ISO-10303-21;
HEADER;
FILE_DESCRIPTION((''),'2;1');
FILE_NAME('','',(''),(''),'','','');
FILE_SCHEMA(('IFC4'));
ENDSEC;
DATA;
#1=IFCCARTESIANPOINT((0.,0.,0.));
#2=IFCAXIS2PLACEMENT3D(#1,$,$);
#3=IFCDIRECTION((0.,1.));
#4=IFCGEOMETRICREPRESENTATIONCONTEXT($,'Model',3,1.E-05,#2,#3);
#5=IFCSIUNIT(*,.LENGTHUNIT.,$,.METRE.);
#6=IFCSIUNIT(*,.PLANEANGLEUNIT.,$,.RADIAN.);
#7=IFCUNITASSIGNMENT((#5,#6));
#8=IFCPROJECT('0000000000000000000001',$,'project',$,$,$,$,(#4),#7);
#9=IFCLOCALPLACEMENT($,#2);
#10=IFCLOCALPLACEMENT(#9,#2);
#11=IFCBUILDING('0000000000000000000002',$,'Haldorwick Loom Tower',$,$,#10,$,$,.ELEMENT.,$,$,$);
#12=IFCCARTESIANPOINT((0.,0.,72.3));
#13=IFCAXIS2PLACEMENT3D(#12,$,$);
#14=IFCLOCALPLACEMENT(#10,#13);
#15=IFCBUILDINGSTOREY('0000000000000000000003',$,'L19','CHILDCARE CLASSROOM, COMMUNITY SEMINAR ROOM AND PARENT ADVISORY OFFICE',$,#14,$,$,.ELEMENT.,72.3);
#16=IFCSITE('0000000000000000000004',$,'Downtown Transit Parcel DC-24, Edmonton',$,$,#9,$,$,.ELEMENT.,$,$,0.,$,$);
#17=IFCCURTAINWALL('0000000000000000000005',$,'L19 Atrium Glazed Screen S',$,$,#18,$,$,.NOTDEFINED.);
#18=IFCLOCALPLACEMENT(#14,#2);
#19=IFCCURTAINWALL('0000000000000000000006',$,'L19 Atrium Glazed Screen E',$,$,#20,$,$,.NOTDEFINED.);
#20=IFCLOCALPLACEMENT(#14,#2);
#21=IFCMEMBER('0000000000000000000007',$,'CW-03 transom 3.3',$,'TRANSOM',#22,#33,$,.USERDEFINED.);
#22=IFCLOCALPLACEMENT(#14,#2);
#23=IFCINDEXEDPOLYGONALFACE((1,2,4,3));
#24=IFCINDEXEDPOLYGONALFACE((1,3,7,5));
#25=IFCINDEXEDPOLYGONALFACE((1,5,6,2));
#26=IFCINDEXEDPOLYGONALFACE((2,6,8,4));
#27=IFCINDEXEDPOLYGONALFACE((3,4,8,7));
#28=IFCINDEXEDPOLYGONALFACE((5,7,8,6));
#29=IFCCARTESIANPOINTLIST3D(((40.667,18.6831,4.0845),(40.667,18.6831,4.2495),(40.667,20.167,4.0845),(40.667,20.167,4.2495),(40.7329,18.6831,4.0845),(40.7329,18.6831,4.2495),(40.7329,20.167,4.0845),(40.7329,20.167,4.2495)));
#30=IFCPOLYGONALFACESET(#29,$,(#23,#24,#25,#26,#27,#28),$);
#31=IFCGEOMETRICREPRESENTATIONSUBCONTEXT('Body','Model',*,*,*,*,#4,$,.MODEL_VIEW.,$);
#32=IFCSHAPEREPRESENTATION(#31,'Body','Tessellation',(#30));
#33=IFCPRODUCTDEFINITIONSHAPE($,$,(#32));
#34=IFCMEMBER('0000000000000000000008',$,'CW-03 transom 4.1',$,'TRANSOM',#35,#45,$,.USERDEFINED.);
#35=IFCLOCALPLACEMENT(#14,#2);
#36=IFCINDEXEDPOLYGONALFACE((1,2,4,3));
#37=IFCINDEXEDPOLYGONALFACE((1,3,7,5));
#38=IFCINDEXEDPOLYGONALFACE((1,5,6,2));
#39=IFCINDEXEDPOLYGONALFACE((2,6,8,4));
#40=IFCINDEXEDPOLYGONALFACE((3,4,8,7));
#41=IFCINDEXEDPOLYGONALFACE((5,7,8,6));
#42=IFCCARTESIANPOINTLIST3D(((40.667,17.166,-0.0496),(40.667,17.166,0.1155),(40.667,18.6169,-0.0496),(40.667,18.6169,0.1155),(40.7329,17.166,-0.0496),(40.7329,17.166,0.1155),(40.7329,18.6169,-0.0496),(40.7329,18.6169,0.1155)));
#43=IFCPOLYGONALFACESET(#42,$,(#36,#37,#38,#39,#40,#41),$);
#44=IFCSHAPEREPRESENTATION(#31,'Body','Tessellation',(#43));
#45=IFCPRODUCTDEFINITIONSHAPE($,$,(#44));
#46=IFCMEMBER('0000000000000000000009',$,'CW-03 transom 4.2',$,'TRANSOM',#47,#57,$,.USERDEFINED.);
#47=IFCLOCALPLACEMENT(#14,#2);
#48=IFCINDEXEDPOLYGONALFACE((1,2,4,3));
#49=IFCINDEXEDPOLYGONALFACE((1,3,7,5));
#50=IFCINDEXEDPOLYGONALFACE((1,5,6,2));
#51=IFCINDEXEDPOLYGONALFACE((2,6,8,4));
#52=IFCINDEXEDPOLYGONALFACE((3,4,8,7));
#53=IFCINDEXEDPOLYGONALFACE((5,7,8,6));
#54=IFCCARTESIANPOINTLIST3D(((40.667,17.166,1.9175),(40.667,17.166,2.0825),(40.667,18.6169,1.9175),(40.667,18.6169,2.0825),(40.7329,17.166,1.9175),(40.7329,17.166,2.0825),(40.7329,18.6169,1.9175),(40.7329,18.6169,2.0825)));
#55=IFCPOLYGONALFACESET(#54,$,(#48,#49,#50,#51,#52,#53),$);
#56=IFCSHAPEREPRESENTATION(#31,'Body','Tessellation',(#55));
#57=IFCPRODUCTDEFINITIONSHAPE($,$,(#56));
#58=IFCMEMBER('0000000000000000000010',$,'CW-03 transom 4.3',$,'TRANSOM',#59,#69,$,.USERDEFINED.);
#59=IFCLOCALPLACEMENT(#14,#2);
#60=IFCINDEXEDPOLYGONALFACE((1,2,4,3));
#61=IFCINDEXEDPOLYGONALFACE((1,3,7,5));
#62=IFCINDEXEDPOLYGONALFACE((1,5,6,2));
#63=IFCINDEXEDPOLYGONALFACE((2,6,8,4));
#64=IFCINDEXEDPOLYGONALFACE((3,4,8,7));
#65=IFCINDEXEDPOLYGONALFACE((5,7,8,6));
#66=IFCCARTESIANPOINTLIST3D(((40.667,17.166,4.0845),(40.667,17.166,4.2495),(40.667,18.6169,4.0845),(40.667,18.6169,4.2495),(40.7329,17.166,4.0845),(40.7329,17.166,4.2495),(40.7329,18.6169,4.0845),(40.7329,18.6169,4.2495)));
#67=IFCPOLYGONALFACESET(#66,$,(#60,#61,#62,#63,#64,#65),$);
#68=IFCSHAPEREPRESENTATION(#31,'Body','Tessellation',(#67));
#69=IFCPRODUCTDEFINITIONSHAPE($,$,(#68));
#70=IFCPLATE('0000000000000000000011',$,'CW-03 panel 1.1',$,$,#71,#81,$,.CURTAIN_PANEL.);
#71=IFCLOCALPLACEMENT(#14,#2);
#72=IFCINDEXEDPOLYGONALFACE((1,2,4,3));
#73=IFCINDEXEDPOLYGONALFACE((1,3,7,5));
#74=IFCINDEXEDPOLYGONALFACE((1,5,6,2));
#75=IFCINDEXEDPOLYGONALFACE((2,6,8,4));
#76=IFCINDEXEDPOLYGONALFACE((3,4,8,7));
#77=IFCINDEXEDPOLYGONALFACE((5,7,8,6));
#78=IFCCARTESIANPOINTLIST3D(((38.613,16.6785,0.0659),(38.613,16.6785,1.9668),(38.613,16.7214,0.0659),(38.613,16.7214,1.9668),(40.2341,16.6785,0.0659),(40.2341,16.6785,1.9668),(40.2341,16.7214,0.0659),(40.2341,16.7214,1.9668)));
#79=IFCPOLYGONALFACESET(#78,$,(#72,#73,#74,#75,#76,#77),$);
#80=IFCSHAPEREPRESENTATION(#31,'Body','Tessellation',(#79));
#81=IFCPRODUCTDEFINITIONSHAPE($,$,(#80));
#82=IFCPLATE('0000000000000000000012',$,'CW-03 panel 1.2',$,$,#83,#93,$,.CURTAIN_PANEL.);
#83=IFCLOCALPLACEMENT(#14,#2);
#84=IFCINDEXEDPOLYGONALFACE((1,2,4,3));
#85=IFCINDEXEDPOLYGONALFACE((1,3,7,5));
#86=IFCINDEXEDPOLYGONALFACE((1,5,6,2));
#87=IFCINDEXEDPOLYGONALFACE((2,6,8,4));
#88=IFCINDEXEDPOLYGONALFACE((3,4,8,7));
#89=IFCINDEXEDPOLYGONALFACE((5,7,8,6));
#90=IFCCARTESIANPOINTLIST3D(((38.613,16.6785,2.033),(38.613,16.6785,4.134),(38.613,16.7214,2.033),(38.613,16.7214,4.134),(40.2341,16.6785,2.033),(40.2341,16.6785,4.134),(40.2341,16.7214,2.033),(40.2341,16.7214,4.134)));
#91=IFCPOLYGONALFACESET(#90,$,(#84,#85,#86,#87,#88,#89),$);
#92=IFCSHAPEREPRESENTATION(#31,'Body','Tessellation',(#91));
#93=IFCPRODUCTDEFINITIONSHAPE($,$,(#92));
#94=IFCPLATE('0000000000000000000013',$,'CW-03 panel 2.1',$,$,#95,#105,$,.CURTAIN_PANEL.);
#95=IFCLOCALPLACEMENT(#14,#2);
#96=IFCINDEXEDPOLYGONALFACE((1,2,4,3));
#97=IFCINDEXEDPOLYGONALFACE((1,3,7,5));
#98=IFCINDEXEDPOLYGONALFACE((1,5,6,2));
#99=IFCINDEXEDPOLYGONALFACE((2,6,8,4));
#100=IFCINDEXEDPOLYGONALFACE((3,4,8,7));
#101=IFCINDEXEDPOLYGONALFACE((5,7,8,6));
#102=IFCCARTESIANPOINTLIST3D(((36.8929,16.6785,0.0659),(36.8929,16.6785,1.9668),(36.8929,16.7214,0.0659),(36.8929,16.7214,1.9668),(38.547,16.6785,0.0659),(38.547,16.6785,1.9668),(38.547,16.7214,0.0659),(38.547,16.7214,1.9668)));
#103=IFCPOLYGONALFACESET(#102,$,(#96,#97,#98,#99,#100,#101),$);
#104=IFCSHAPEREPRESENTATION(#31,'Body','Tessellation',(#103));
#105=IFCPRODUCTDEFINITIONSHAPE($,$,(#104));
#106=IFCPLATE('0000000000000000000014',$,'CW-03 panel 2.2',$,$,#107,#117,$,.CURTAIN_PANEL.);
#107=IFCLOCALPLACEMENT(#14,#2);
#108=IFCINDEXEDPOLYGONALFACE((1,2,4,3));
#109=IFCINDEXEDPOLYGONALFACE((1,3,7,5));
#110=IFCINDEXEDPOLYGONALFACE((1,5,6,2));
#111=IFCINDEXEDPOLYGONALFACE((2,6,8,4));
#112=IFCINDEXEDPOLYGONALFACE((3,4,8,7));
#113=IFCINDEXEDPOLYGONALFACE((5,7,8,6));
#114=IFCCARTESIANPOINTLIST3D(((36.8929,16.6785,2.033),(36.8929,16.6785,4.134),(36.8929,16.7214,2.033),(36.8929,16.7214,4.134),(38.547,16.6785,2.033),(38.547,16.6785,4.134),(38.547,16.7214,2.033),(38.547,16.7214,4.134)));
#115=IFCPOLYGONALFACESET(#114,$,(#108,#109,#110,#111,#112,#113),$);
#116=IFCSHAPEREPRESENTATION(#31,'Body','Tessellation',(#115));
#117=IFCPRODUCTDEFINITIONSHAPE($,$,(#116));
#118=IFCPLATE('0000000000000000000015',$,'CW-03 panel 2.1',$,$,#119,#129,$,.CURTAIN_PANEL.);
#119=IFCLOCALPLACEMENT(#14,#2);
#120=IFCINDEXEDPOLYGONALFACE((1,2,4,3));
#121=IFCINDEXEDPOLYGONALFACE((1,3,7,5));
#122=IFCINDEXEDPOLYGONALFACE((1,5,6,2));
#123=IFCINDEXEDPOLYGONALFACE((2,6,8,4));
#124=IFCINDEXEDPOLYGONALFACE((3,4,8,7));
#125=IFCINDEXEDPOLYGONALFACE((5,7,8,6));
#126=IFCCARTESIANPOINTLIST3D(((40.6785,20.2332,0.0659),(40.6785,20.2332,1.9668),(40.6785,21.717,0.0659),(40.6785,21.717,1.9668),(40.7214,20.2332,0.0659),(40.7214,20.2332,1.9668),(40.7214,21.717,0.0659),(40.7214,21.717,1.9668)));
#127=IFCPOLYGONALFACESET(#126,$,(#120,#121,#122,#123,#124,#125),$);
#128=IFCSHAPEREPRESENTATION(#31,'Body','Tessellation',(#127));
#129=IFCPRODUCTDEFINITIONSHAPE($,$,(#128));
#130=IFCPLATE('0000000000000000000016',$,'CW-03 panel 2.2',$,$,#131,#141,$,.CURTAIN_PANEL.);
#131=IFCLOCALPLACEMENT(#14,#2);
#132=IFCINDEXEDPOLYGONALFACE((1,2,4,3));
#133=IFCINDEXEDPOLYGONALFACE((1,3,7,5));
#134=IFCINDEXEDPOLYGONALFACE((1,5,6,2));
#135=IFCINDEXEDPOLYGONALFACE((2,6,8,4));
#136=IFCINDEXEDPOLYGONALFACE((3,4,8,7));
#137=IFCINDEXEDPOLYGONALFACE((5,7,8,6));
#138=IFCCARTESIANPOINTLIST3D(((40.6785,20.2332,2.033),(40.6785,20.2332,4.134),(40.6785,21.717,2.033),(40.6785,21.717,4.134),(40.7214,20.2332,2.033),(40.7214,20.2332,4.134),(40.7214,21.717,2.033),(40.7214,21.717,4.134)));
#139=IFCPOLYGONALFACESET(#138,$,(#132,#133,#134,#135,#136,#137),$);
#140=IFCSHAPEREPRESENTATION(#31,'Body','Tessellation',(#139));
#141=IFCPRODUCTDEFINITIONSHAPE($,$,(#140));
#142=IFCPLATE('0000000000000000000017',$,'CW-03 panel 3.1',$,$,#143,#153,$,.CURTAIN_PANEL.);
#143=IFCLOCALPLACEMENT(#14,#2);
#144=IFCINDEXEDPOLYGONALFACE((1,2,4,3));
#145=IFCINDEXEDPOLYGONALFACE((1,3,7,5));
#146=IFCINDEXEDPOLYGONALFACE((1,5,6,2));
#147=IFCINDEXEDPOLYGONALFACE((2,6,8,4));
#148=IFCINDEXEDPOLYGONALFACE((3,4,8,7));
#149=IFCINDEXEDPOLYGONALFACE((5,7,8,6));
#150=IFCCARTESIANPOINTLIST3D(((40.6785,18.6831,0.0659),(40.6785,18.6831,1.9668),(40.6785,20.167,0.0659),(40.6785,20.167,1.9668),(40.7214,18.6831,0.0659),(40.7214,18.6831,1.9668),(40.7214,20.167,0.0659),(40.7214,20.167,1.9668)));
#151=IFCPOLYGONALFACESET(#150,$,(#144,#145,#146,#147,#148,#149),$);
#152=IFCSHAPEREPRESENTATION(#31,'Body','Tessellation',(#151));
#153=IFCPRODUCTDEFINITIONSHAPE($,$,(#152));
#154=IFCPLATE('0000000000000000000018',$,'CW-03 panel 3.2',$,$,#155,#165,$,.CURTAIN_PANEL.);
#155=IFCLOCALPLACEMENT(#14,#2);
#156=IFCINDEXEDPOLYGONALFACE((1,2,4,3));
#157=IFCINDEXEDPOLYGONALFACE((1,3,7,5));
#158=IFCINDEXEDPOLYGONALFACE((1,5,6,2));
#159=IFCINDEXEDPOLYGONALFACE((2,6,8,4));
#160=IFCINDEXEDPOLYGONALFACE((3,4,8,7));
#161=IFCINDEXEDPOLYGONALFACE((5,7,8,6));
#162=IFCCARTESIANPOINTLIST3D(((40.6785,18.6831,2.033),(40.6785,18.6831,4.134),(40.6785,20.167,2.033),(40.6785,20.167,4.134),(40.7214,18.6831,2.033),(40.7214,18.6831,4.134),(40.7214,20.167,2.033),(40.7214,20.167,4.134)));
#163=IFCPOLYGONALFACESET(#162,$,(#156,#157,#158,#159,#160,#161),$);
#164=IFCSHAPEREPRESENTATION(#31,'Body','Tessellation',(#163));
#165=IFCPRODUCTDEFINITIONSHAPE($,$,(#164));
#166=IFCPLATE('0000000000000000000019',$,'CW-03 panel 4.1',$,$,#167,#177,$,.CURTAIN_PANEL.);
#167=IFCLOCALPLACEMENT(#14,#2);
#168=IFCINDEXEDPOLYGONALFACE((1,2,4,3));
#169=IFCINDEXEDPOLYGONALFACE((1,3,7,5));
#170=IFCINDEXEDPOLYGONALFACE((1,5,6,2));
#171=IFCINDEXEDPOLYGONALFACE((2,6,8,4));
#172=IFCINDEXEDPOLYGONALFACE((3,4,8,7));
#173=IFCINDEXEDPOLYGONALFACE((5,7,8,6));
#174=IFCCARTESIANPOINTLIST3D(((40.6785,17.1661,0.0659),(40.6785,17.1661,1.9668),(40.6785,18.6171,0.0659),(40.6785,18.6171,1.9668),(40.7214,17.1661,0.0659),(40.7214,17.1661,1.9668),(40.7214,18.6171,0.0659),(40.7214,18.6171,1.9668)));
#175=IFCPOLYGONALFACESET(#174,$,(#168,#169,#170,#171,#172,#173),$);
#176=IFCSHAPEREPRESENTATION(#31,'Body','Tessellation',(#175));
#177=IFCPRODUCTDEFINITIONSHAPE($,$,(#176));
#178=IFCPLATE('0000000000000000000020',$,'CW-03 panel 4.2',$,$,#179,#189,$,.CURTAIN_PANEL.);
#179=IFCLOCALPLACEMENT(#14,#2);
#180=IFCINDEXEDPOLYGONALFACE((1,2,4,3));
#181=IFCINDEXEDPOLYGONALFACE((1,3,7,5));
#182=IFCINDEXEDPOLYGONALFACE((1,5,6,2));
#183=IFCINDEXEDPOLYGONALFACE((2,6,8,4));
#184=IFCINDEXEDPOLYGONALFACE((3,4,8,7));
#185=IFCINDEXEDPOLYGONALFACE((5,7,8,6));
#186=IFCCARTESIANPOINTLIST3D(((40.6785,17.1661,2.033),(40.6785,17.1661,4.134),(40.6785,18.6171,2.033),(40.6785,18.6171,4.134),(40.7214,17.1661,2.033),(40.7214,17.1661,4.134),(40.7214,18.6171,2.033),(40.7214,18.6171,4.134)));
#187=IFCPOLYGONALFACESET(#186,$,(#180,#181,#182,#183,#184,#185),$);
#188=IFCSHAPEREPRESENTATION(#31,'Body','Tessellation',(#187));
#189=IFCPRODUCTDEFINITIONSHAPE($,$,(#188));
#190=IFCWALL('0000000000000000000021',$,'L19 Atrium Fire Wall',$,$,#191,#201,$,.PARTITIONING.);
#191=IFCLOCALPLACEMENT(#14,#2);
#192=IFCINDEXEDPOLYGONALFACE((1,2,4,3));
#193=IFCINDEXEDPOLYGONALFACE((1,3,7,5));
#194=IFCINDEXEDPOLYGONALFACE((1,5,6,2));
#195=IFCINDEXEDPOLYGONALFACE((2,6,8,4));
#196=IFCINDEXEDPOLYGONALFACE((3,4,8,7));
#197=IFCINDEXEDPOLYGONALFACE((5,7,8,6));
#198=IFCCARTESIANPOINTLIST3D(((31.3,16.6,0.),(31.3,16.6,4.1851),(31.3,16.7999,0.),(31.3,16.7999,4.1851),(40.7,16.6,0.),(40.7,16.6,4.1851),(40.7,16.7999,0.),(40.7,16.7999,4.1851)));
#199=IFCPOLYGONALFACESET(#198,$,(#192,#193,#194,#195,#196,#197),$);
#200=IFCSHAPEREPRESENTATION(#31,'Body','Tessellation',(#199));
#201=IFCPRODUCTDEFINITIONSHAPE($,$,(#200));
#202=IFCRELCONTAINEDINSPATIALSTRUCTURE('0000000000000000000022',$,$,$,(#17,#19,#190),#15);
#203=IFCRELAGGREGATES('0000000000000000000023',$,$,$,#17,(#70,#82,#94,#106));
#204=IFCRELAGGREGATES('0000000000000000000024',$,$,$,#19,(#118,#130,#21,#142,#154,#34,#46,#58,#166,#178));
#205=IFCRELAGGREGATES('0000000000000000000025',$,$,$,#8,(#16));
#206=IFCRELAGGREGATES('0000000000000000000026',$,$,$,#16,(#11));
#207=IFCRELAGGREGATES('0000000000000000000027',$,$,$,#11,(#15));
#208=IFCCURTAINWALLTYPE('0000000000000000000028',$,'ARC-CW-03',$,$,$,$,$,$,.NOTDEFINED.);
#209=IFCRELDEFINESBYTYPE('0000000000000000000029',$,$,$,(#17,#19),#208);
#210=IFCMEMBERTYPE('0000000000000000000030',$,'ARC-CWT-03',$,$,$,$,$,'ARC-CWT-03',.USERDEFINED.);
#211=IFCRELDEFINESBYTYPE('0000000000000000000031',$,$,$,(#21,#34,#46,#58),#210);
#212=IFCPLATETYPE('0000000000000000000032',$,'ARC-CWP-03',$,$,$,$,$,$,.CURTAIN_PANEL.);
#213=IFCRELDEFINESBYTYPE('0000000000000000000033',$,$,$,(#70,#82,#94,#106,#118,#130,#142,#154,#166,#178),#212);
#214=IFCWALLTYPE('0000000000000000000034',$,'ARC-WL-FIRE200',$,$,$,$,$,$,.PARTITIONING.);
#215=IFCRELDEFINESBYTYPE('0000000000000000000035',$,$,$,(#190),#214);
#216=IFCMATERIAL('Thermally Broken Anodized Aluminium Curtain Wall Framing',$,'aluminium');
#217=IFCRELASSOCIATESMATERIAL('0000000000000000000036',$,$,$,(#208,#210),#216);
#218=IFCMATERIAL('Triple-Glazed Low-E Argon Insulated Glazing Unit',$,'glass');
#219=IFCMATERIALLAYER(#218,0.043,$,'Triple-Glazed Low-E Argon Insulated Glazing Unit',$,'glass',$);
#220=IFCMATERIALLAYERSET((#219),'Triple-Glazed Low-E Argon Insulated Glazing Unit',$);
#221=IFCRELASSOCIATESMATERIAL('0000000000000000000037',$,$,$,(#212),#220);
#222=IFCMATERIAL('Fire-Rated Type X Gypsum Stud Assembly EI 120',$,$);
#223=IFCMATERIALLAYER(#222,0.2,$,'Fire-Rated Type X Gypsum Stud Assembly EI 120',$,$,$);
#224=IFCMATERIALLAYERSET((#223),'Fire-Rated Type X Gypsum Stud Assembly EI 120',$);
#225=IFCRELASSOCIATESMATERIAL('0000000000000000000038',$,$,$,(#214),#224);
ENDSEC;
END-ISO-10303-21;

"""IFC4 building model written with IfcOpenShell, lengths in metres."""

from ifc_helpers import new_model, si_unit, direction, frame, frame_2d, origin, origin_2d, place, context, subcontext, project, spatial, rectangle, extrude, material, layer, layer_set, material_profile, profile_set, type_object, element, aggregate, save


model = new_model("IFC4")

# Units and contexts
model_context = context("Model", 3, precision=1e-05, world=origin(), true_north=direction((0.0, 1.0)))
body_context = subcontext(model_context, "Body", "Model", "MODEL_VIEW")
ifc_project = project(units=[si_unit("LENGTHUNIT", "METRE"), si_unit("PLANEANGLEUNIT", "RADIAN")], contexts=[model_context])

# Site, building, storey
site_placement = place(None, origin())
site = spatial("IfcSite", under=ifc_project, at=site_placement, Name="Downtown Transit Parcel DC-24, Edmonton", CompositionType="ELEMENT", RefElevation=0.0)
building_placement = place(site_placement, origin())
building = spatial("IfcBuilding", under=site, at=building_placement, Name="Haldorwick Loom Tower", CompositionType="ELEMENT")
storey_placement = place(building_placement, frame((0.0, 0.0, 72.3)))
storey = spatial("IfcBuildingStorey", under=building, at=storey_placement, Name="L19", Description="CHILDCARE CLASSROOM, COMMUNITY SEMINAR ROOM AND PARENT ADVISORY OFFICE", CompositionType="ELEMENT", Elevation=72.3)

# Curtain walls
ifc_material_1 = material(Name="Thermally Broken Anodized Aluminium Curtain Wall Framing", Category="aluminium")
curtain_wall_type = type_object("IfcCurtainWallType", Name="ARC-CW-03", PredefinedType="NOTDEFINED", material=ifc_material_1)
curtain_wall_1_placement = place(storey_placement, origin())
curtain_wall_1 = element("IfcCurtainWall", 1, at=curtain_wall_1_placement, inside=storey, type_object=curtain_wall_type, Name="L19 Atrium Glazed Screen S", PredefinedType="NOTDEFINED")
curtain_wall_2_placement = place(storey_placement, origin())
curtain_wall_2 = element("IfcCurtainWall", 2, at=curtain_wall_2_placement, inside=storey, type_object=curtain_wall_type, Name="L19 Atrium Glazed Screen E", PredefinedType="NOTDEFINED")

# Members
ifc_material_profile_1 = material_profile(ifc_material_1, rectangle(XDim=0.0659, YDim=0.165, at=origin_2d()), Name="ALU_TRN_66X165", Category="aluminium")
ifc_profile_set_1 = profile_set([ifc_material_profile_1], Name="Thermally Broken Anodized Aluminium Curtain Wall Framing")
member_type_1 = type_object("IfcMemberType", Name="ARC-CWT-03", ElementType="ARC-CWT-03", PredefinedType="USERDEFINED", material=ifc_profile_set_1)
member_1_placement = place(storey_placement, frame((40.7, 20.167, 4.167), z_axis=(0.0, -1.0, 0.0), x_axis=(1.0, 0.0, 0.0)))
member_1 = element("IfcMember", 3, at=member_1_placement, type_object=member_type_1, Name="CW-03 transom 3.3", ObjectType="TRANSOM", PredefinedType="USERDEFINED", context=body_context, shape_type="SweptSolid", body=[
    extrude(rectangle(XDim=0.0659, YDim=0.165, at=origin_2d()), origin(), (0.0, 0.0, 1.0), 1.4839),
])
member_2_placement = place(storey_placement, frame((40.7, 18.6169, 0.033), z_axis=(0.0, -1.0, 0.0), x_axis=(1.0, 0.0, 0.0)))
member_2 = element("IfcMember", 4, at=member_2_placement, type_object=member_type_1, Name="CW-03 transom 4.1", ObjectType="TRANSOM", PredefinedType="USERDEFINED", context=body_context, shape_type="SweptSolid", body=[
    extrude(rectangle(XDim=0.0659, YDim=0.165, at=origin_2d()), origin(), (0.0, 0.0, 1.0), 1.4509),
])
member_3_placement = place(storey_placement, frame((40.7, 18.6169, 2.0), z_axis=(0.0, -1.0, 0.0), x_axis=(1.0, 0.0, 0.0)))
member_3 = element("IfcMember", 5, at=member_3_placement, type_object=member_type_1, Name="CW-03 transom 4.2", ObjectType="TRANSOM", PredefinedType="USERDEFINED", context=body_context, shape_type="SweptSolid", body=[
    extrude(rectangle(XDim=0.0659, YDim=0.165, at=origin_2d()), origin(), (0.0, 0.0, 1.0), 1.4509),
])
member_4_placement = place(storey_placement, frame((40.7, 18.6169, 4.167), z_axis=(0.0, -1.0, 0.0), x_axis=(1.0, 0.0, 0.0)))
member_4 = element("IfcMember", 6, at=member_4_placement, type_object=member_type_1, Name="CW-03 transom 4.3", ObjectType="TRANSOM", PredefinedType="USERDEFINED", context=body_context, shape_type="SweptSolid", body=[
    extrude(rectangle(XDim=0.0659, YDim=0.165, at=origin_2d()), origin(), (0.0, 0.0, 1.0), 1.4509),
])

# Plates
ifc_material_2 = material(Name="Triple-Glazed Low-E Argon Insulated Glazing Unit", Category="glass")
ifc_layer_1 = layer(ifc_material_2, 0.043, Name="Triple-Glazed Low-E Argon Insulated Glazing Unit", Category="glass")
ifc_layer_set_1 = layer_set([ifc_layer_1], Name="Triple-Glazed Low-E Argon Insulated Glazing Unit")
plate_type = type_object("IfcPlateType", Name="ARC-CWP-03", PredefinedType="CURTAIN_PANEL", material=ifc_layer_set_1)
plate_1_placement = place(storey_placement, frame((39.4236, 16.7, 0.0659), z_axis=(0.0, 0.0, 1.0), x_axis=(-1.0, 0.0, 0.0)))
plate_1 = element("IfcPlate", 7, at=plate_1_placement, type_object=plate_type, Name="CW-03 panel 1.1", PredefinedType="CURTAIN_PANEL", context=body_context, shape_type="SweptSolid", body=[
    extrude(rectangle(XDim=1.6211, YDim=0.043, at=origin_2d()), origin(), (0.0, 0.0, 1.0), 1.9009),
])
plate_2_placement = place(storey_placement, frame((39.4236, 16.7, 2.033), z_axis=(0.0, 0.0, 1.0), x_axis=(-1.0, 0.0, 0.0)))
plate_2 = element("IfcPlate", 8, at=plate_2_placement, type_object=plate_type, Name="CW-03 panel 1.2", PredefinedType="CURTAIN_PANEL", context=body_context, shape_type="SweptSolid", body=[
    extrude(rectangle(XDim=1.6211, YDim=0.043, at=origin_2d()), origin(), (0.0, 0.0, 1.0), 2.1011),
])
plate_3_placement = place(storey_placement, frame((37.72, 16.7, 0.0659), z_axis=(0.0, 0.0, 1.0), x_axis=(-1.0, 0.0, 0.0)))
plate_3 = element("IfcPlate", 9, at=plate_3_placement, type_object=plate_type, Name="CW-03 panel 2.1", PredefinedType="CURTAIN_PANEL", context=body_context, shape_type="SweptSolid", body=[
    extrude(rectangle(XDim=1.6541, YDim=0.043, at=origin_2d()), origin(), (0.0, 0.0, 1.0), 1.9009),
])
plate_4_placement = place(storey_placement, frame((37.72, 16.7, 2.033), z_axis=(0.0, 0.0, 1.0), x_axis=(-1.0, 0.0, 0.0)))
plate_4 = element("IfcPlate", 10, at=plate_4_placement, type_object=plate_type, Name="CW-03 panel 2.2", PredefinedType="CURTAIN_PANEL", context=body_context, shape_type="SweptSolid", body=[
    extrude(rectangle(XDim=1.6541, YDim=0.043, at=origin_2d()), origin(), (0.0, 0.0, 1.0), 2.1011),
])
aggregate(curtain_wall_1, [plate_1, plate_2, plate_3, plate_4])
plate_5_placement = place(storey_placement, frame((40.7, 20.9751, 0.0659), z_axis=(0.0, 0.0, 1.0), x_axis=(0.0, -1.0, 0.0)))
plate_5 = element("IfcPlate", 11, at=plate_5_placement, type_object=plate_type, Name="CW-03 panel 2.1", PredefinedType="CURTAIN_PANEL", context=body_context, shape_type="SweptSolid", body=[
    extrude(rectangle(XDim=1.4839, YDim=0.043, at=origin_2d()), origin(), (0.0, 0.0, 1.0), 1.9009),
])
plate_6_placement = place(storey_placement, frame((40.7, 20.9751, 2.033), z_axis=(0.0, 0.0, 1.0), x_axis=(0.0, -1.0, 0.0)))
plate_6 = element("IfcPlate", 12, at=plate_6_placement, type_object=plate_type, Name="CW-03 panel 2.2", PredefinedType="CURTAIN_PANEL", context=body_context, shape_type="SweptSolid", body=[
    extrude(rectangle(XDim=1.4839, YDim=0.043, at=origin_2d()), origin(), (0.0, 0.0, 1.0), 2.1011),
])
plate_7_placement = place(storey_placement, frame((40.7, 19.425, 0.0659), z_axis=(0.0, 0.0, 1.0), x_axis=(0.0, -1.0, 0.0)))
plate_7 = element("IfcPlate", 13, at=plate_7_placement, type_object=plate_type, Name="CW-03 panel 3.1", PredefinedType="CURTAIN_PANEL", context=body_context, shape_type="SweptSolid", body=[
    extrude(rectangle(XDim=1.4839, YDim=0.043, at=origin_2d()), origin(), (0.0, 0.0, 1.0), 1.9009),
])
plate_8_placement = place(storey_placement, frame((40.7, 19.425, 2.033), z_axis=(0.0, 0.0, 1.0), x_axis=(0.0, -1.0, 0.0)))
plate_8 = element("IfcPlate", 14, at=plate_8_placement, type_object=plate_type, Name="CW-03 panel 3.2", PredefinedType="CURTAIN_PANEL", context=body_context, shape_type="SweptSolid", body=[
    extrude(rectangle(XDim=1.4839, YDim=0.043, at=origin_2d()), origin(), (0.0, 0.0, 1.0), 2.1011),
])
plate_9_placement = place(storey_placement, frame((40.7, 17.8916, 0.0659), z_axis=(0.0, 0.0, 1.0), x_axis=(0.0, -1.0, 0.0)))
plate_9 = element("IfcPlate", 15, at=plate_9_placement, type_object=plate_type, Name="CW-03 panel 4.1", PredefinedType="CURTAIN_PANEL", context=body_context, shape_type="SweptSolid", body=[
    extrude(rectangle(XDim=1.4509, YDim=0.043, at=origin_2d()), origin(), (0.0, 0.0, 1.0), 1.9009),
])
plate_10_placement = place(storey_placement, frame((40.7, 17.8916, 2.033), z_axis=(0.0, 0.0, 1.0), x_axis=(0.0, -1.0, 0.0)))
plate_10 = element("IfcPlate", 16, at=plate_10_placement, type_object=plate_type, Name="CW-03 panel 4.2", PredefinedType="CURTAIN_PANEL", context=body_context, shape_type="SweptSolid", body=[
    extrude(rectangle(XDim=1.4509, YDim=0.043, at=origin_2d()), origin(), (0.0, 0.0, 1.0), 2.1011),
])
aggregate(curtain_wall_2, [plate_5, plate_6, member_1, plate_7, plate_8, member_2, member_3, member_4, plate_9, plate_10])

# Wall
ifc_material_3 = material(Name="Fire-Rated Type X Gypsum Stud Assembly EI 120")
ifc_layer_2 = layer(ifc_material_3, 0.2, Name="Fire-Rated Type X Gypsum Stud Assembly EI 120")
ifc_layer_set_2 = layer_set([ifc_layer_2], Name="Fire-Rated Type X Gypsum Stud Assembly EI 120")
wall_type = type_object("IfcWallType", Name="ARC-WL-FIRE200", PredefinedType="PARTITIONING", material=ifc_layer_set_2)
wall_placement = place(storey_placement, frame((40.7, 16.7, 0.0), z_axis=(0.0, 0.0, 1.0), x_axis=(-1.0, 0.0, 0.0)))
element("IfcWall", 17, at=wall_placement, inside=storey, type_object=wall_type, Name="L19 Atrium Fire Wall", PredefinedType="PARTITIONING", context=body_context, shape_type="SweptSolid", body=[
    extrude(rectangle(XDim=9.3999, YDim=0.2, at=frame_2d((4.7, 0.0))), origin(), (0.0, 0.0, 1.0), 4.1851),
])

save(model, "model.ifc")
